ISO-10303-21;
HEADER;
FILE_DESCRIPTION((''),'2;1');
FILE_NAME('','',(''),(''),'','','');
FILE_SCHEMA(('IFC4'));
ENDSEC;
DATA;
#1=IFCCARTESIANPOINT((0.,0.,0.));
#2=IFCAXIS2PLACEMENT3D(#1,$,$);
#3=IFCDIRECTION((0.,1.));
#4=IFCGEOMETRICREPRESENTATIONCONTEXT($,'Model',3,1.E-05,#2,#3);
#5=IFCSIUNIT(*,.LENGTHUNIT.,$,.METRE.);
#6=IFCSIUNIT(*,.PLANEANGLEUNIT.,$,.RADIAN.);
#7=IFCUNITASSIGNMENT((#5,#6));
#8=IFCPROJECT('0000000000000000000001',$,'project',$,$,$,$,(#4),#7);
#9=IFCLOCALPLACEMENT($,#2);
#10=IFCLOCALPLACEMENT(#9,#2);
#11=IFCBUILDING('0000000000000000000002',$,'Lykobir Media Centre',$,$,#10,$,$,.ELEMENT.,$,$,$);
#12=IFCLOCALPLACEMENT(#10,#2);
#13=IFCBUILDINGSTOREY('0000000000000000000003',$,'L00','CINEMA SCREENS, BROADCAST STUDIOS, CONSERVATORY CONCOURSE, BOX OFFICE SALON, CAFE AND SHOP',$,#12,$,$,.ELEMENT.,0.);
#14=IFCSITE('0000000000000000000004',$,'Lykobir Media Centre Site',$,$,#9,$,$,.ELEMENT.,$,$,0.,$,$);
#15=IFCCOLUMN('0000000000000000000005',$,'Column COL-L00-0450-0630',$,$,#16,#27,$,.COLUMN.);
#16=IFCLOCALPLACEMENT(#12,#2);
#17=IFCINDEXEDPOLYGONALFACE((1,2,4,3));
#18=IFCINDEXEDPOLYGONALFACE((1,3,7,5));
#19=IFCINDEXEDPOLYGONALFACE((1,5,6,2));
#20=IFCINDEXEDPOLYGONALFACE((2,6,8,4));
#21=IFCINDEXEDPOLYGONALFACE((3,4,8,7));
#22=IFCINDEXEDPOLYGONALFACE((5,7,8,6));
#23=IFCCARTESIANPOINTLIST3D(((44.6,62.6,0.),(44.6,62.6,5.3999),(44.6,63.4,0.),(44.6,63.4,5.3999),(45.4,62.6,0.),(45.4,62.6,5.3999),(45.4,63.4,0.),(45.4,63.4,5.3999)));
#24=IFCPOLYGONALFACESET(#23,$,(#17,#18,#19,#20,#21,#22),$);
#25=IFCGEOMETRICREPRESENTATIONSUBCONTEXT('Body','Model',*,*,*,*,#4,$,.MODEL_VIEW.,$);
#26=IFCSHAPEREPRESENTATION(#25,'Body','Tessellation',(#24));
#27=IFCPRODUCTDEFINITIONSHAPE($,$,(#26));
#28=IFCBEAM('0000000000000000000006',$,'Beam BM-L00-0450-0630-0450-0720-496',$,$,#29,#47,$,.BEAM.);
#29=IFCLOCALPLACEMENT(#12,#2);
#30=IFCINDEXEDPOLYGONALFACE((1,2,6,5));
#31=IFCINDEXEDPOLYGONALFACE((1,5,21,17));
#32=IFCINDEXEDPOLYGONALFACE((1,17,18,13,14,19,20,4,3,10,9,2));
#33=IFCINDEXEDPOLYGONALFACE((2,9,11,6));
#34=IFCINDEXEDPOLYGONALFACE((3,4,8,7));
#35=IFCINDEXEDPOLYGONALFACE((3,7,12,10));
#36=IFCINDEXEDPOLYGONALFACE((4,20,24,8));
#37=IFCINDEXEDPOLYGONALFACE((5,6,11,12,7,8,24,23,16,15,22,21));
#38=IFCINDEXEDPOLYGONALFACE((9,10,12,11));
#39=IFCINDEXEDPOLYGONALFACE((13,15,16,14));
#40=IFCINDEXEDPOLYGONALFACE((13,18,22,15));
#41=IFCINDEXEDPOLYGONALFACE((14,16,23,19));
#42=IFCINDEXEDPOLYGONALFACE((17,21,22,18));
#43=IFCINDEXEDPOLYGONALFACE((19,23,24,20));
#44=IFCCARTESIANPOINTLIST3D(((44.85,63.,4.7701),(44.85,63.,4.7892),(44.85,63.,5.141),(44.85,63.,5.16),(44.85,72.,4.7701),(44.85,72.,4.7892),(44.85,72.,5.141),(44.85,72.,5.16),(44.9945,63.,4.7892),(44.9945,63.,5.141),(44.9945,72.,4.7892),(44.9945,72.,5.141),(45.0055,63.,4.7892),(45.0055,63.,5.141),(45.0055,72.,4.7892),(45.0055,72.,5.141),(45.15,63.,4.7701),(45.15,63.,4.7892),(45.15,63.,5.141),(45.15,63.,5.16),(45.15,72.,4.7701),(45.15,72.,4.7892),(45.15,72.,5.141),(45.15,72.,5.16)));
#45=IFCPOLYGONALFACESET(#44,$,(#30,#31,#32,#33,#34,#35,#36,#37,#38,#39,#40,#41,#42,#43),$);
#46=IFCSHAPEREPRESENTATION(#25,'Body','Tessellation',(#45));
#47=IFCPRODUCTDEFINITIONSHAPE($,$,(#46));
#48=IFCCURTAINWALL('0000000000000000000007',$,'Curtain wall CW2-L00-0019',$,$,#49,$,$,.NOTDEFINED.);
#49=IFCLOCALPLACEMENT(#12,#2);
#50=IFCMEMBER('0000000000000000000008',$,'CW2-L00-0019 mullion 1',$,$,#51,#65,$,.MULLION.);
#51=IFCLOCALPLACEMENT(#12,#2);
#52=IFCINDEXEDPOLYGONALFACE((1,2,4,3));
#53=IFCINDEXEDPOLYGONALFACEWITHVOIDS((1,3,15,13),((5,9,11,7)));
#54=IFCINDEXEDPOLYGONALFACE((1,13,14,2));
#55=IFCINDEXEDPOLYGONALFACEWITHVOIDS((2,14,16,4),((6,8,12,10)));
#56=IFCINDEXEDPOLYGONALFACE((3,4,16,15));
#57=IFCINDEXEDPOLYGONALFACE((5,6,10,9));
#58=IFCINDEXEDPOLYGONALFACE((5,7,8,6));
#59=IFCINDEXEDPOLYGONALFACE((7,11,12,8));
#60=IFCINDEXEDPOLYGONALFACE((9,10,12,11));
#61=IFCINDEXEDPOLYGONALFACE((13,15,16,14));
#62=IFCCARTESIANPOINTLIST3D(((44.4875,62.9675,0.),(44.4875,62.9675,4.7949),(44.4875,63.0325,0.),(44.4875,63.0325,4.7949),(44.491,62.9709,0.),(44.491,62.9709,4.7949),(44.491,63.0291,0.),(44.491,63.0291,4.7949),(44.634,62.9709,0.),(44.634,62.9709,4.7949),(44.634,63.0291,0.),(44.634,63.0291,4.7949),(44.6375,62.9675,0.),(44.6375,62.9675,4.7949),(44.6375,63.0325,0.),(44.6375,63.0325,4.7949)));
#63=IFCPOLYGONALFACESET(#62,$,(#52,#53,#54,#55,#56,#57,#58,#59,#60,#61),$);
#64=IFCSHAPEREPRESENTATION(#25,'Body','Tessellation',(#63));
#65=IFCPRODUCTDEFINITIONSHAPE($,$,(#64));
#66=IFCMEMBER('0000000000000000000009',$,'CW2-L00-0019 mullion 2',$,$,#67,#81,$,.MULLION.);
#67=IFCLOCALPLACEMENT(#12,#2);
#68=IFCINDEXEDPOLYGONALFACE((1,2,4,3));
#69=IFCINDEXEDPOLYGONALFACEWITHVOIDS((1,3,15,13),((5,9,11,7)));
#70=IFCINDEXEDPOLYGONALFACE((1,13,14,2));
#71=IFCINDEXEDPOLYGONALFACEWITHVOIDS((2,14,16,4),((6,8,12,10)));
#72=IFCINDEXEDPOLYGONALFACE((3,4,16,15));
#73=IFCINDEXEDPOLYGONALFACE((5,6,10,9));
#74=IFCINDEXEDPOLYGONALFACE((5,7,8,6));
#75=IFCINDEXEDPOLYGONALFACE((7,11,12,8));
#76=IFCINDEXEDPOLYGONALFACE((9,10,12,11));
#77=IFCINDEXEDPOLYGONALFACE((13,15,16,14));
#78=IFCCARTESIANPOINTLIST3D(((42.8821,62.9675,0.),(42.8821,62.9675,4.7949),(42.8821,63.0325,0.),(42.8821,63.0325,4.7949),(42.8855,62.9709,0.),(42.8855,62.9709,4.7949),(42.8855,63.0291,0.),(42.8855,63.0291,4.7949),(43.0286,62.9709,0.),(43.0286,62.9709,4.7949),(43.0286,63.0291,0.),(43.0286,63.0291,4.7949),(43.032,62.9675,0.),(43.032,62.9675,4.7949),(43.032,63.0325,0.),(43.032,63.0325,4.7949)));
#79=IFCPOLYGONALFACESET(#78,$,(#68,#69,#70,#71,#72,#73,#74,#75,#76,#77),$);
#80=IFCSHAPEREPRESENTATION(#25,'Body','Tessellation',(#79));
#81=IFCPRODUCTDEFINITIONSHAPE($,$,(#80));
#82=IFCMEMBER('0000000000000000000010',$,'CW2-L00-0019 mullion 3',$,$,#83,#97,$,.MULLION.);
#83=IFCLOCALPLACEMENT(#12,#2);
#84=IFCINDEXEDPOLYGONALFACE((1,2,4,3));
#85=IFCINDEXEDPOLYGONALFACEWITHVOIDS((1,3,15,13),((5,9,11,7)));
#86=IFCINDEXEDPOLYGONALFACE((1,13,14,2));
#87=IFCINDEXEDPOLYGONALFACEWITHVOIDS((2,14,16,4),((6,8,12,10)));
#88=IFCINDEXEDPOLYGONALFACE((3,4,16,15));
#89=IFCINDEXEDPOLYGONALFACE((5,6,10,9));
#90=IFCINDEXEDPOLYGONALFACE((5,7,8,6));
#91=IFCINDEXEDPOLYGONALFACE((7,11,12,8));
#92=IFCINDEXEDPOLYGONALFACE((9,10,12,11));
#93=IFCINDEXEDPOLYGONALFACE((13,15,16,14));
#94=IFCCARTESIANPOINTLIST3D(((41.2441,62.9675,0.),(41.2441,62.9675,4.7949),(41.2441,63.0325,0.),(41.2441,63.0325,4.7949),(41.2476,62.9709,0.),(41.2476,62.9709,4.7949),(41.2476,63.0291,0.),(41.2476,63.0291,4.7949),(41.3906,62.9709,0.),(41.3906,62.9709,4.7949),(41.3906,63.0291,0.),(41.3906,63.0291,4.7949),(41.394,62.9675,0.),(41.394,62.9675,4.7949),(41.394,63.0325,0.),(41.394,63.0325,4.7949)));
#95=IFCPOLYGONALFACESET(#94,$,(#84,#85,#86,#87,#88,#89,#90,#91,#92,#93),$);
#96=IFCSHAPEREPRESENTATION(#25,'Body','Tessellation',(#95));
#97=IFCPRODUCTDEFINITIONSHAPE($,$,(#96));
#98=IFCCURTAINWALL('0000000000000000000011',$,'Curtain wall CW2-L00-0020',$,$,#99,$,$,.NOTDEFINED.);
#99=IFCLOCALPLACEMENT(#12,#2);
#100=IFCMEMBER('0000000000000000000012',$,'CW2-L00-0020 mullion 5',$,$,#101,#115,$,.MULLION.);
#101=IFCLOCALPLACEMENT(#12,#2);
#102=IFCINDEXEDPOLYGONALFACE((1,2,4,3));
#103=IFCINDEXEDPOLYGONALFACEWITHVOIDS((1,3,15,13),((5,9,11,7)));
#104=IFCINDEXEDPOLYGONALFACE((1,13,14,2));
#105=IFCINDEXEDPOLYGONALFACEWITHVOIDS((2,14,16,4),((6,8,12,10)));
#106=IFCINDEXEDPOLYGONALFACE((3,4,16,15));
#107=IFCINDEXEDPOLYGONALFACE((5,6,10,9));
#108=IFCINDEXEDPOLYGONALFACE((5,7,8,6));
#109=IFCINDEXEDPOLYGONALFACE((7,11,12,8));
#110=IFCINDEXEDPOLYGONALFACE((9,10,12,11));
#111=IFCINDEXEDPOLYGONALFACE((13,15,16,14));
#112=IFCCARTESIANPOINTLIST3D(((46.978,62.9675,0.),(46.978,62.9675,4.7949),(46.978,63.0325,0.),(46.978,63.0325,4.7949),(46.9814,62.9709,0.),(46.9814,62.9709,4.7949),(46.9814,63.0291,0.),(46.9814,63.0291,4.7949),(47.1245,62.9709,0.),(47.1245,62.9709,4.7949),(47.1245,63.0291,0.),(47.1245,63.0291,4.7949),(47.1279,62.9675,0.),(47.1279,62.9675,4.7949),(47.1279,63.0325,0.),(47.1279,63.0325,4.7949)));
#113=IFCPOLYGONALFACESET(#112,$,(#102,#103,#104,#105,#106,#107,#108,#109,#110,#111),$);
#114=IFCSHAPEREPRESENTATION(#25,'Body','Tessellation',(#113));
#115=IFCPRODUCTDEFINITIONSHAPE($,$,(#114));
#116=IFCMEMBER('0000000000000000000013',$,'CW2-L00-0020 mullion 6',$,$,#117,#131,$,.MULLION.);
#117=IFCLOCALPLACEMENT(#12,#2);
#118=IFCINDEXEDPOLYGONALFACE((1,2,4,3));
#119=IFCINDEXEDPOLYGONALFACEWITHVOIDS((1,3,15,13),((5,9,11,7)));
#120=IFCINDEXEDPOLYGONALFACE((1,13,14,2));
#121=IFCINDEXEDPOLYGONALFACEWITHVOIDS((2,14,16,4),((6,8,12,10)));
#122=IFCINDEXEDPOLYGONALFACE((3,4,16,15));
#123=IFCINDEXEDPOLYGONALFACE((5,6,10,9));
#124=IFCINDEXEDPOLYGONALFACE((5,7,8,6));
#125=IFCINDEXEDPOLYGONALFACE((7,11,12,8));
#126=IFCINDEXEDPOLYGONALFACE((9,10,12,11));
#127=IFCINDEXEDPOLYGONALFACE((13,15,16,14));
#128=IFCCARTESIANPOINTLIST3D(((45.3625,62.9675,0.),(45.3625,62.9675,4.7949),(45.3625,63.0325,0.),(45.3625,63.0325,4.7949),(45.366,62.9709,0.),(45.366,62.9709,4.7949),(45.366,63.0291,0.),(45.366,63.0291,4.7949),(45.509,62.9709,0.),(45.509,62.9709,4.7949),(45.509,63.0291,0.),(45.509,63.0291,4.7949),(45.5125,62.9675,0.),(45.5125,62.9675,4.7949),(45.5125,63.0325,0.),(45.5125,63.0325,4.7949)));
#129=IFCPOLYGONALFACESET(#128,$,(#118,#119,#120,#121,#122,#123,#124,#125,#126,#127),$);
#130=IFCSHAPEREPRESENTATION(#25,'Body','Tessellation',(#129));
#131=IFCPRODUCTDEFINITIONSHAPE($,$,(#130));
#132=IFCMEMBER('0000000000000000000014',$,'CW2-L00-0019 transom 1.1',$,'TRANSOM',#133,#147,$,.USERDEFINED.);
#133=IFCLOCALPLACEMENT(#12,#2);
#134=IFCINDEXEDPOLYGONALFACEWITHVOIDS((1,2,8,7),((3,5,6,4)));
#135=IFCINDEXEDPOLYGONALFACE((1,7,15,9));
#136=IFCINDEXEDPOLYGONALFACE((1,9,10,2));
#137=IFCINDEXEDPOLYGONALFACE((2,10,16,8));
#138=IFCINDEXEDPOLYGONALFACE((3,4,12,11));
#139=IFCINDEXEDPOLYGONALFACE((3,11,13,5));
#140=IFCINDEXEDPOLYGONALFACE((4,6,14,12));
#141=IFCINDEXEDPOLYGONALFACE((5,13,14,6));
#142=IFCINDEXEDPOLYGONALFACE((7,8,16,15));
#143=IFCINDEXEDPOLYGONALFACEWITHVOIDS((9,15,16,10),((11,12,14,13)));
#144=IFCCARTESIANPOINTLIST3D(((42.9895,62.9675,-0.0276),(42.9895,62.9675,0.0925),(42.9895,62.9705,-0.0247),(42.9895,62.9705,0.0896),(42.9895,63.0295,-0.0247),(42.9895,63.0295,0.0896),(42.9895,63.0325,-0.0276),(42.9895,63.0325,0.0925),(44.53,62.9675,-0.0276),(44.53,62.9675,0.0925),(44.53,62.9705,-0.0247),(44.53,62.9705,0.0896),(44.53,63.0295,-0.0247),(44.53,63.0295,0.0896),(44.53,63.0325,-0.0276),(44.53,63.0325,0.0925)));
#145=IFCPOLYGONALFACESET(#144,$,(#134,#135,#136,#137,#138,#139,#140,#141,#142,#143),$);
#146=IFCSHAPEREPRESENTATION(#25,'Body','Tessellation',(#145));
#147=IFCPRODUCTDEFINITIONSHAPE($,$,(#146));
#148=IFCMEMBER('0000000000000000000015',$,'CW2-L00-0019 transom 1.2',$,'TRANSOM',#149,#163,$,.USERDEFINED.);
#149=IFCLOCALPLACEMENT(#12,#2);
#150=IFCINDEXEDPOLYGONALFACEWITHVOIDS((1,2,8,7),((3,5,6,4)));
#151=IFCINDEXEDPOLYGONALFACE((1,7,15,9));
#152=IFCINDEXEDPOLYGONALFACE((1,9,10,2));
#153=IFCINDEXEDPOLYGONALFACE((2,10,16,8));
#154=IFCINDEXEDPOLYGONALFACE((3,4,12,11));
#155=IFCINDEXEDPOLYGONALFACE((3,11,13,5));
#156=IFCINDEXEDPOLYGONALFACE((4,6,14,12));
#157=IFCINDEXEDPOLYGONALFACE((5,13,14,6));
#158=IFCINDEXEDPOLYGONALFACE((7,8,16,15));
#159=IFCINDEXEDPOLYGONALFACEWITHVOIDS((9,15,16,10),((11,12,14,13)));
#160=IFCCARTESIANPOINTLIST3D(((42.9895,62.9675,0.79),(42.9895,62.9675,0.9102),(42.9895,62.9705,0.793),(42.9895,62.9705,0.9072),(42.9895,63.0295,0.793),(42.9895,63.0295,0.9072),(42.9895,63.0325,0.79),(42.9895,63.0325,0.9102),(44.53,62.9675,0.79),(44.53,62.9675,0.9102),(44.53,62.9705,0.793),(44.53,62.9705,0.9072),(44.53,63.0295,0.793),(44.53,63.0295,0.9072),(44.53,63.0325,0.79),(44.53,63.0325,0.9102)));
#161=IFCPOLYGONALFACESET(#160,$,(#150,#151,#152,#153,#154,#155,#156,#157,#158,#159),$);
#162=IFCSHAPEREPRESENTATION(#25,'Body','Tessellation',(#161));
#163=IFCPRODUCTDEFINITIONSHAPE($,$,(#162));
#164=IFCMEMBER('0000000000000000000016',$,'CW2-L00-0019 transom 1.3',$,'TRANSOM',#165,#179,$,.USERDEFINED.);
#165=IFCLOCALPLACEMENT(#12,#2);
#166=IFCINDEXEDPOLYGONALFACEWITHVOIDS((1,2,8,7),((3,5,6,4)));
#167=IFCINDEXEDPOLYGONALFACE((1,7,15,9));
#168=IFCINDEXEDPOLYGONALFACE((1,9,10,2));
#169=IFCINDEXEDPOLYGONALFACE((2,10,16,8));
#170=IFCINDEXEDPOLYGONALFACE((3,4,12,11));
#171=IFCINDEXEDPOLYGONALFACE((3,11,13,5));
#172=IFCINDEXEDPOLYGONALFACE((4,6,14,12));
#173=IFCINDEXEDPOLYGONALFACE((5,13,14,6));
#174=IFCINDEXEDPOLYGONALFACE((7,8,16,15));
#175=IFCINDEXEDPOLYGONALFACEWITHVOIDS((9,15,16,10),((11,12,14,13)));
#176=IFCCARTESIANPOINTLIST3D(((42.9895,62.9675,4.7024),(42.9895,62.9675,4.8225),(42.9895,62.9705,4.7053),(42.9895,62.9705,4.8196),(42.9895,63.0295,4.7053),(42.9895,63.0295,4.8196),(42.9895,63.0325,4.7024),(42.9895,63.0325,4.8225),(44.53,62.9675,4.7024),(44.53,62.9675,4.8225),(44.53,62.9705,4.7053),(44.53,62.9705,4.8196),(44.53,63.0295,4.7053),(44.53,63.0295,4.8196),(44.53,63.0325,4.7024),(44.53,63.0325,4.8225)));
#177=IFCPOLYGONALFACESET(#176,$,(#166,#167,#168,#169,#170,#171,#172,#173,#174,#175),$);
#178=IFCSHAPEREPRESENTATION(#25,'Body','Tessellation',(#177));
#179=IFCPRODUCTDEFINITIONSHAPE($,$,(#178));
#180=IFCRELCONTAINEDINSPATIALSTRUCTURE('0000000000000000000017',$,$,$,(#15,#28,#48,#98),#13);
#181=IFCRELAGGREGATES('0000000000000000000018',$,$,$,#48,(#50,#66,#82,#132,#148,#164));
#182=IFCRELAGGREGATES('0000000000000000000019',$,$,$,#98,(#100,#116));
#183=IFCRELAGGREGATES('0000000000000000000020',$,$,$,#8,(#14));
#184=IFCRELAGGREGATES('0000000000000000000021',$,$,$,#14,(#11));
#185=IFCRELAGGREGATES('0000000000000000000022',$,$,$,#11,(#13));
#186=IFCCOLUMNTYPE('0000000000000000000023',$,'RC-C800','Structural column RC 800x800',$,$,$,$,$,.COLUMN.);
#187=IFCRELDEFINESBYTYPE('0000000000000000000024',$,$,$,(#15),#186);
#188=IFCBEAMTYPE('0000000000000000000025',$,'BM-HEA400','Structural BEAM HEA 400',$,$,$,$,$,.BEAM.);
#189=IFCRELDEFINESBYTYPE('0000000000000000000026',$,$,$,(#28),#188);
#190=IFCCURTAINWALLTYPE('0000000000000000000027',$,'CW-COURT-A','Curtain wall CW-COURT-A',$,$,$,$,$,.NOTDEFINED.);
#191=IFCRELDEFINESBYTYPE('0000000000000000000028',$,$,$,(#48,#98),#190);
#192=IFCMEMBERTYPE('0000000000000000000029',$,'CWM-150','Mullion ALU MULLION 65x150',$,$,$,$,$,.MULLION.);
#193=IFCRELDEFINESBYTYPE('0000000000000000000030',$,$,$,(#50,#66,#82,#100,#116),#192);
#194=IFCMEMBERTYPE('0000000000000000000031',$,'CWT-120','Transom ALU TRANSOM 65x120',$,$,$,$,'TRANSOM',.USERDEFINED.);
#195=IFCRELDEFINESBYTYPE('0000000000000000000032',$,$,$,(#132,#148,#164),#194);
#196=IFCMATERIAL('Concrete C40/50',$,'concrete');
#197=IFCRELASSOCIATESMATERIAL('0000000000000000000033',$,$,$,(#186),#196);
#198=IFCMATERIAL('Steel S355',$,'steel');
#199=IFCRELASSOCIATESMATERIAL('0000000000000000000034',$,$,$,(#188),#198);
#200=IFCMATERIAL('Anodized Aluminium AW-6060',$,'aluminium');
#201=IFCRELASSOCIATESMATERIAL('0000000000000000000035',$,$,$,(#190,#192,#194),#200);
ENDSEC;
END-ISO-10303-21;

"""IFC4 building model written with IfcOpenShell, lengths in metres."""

from ifc_helpers import new_model, si_unit, direction, frame, origin, origin_2d, place, context, subcontext, project, spatial, rectangle, hollow_rectangle, i_section, extrude, material, material_profile, profile_set, type_object, element, aggregate, save


model = new_model("IFC4")

# Units and contexts
model_context = context("Model", 3, precision=1e-05, world=origin(), true_north=direction((0.0, 1.0)))
body_context = subcontext(model_context, "Body", "Model", "MODEL_VIEW")
ifc_project = project(units=[si_unit("LENGTHUNIT", "METRE"), si_unit("PLANEANGLEUNIT", "RADIAN")], contexts=[model_context])

# Site, building, storey
site_placement = place(None, origin())
site = spatial("IfcSite", under=ifc_project, at=site_placement, Name="Lykobir Media Centre Site", CompositionType="ELEMENT", RefElevation=0.0)
building_placement = place(site_placement, origin())
building = spatial("IfcBuilding", under=site, at=building_placement, Name="Lykobir Media Centre", CompositionType="ELEMENT")
storey_placement = place(building_placement, origin())
storey = spatial("IfcBuildingStorey", under=building, at=storey_placement, Name="L00", Description="CINEMA SCREENS, BROADCAST STUDIOS, CONSERVATORY CONCOURSE, BOX OFFICE SALON, CAFE AND SHOP", CompositionType="ELEMENT", Elevation=0.0)

# Column
ifc_material_1 = material(Name="Concrete C40/50", Category="concrete")
ifc_material_profile_1 = material_profile(ifc_material_1, rectangle(XDim=0.8, YDim=0.8, at=origin_2d()), Name="RC 800x800")
ifc_profile_set_1 = profile_set([ifc_material_profile_1], Name="Concrete C40/50")
column_type = type_object("IfcColumnType", Name="RC-C800", Description="Structural column RC 800x800", PredefinedType="COLUMN", material=ifc_profile_set_1)
column_placement = place(storey_placement, frame((45.0, 63.0, 0.0), z_axis=(0.0, 0.0, 1.0), x_axis=(1.0, 0.0, 0.0)))
element("IfcColumn", 1, at=column_placement, inside=storey, type_object=column_type, Name="Column COL-L00-0450-0630", PredefinedType="COLUMN", context=body_context, shape_type="SweptSolid", body=[
    extrude(rectangle(XDim=0.8, YDim=0.8, at=origin_2d()), origin(), (0.0, 0.0, 1.0), 5.3999),
])

# Beam
ifc_material_2 = material(Name="Steel S355", Category="steel")
ifc_material_profile_2 = material_profile(ifc_material_2, i_section(OverallWidth=0.3, OverallDepth=0.3899, WebThickness=0.011, FlangeThickness=0.019, at=origin_2d()), Name="HEA 400")
ifc_profile_set_2 = profile_set([ifc_material_profile_2], Name="Steel S355")
beam_type_1 = type_object("IfcBeamType", Name="BM-HEA400", Description="Structural BEAM HEA 400", PredefinedType="BEAM", material=ifc_profile_set_2)
beam_1_placement = place(storey_placement, frame((45.0, 63.0, 4.9651), z_axis=(0.0, 1.0, 0.0), x_axis=(-1.0, 0.0, 0.0)))
element("IfcBeam", 2, at=beam_1_placement, inside=storey, type_object=beam_type_1, Name="Beam BM-L00-0450-0630-0450-0720-496", PredefinedType="BEAM", context=body_context, shape_type="SweptSolid", body=[
    extrude(i_section(OverallWidth=0.3, OverallDepth=0.3899, WebThickness=0.011, FlangeThickness=0.019, at=origin_2d()), origin(), (0.0, 0.0, 1.0), 9.0),
])

# Curtain walls, members
ifc_material_3 = material(Name="Anodized Aluminium AW-6060", Category="aluminium")
curtain_wall_type = type_object("IfcCurtainWallType", Name="CW-COURT-A", Description="Curtain wall CW-COURT-A", PredefinedType="NOTDEFINED", material=ifc_material_3)
curtain_wall_1_placement = place(storey_placement, origin())
curtain_wall_1 = element("IfcCurtainWall", 3, at=curtain_wall_1_placement, inside=storey, type_object=curtain_wall_type, Name="Curtain wall CW2-L00-0019", PredefinedType="NOTDEFINED")
ifc_material_profile_3 = material_profile(ifc_material_3, hollow_rectangle(XDim=0.0649, YDim=0.1499, WallThickness=0.0034, at=origin_2d()), Name="ALU MULLION 65x150")
ifc_profile_set_3 = profile_set([ifc_material_profile_3], Name="Anodized Aluminium AW-6060")
member_type_1 = type_object("IfcMemberType", Name="CWM-150", Description="Mullion ALU MULLION 65x150", PredefinedType="MULLION", material=ifc_profile_set_3)
member_1_placement = place(storey_placement, frame((44.5625, 63.0, 0.0), z_axis=(0.0, 0.0, 1.0), x_axis=(0.0, -1.0, 0.0)))
member_1 = element("IfcMember", 4, at=member_1_placement, type_object=member_type_1, Name="CW2-L00-0019 mullion 1", PredefinedType="MULLION", context=body_context, shape_type="SweptSolid", body=[
    extrude(hollow_rectangle(XDim=0.0649, YDim=0.1499, WallThickness=0.0034, at=origin_2d()), origin(), (0.0, 0.0, 1.0), 4.7949),
])
member_2_placement = place(storey_placement, frame((42.957, 63.0, 0.0), z_axis=(0.0, 0.0, 1.0), x_axis=(0.0, -1.0, 0.0)))
member_2 = element("IfcMember", 5, at=member_2_placement, type_object=member_type_1, Name="CW2-L00-0019 mullion 2", PredefinedType="MULLION", context=body_context, shape_type="SweptSolid", body=[
    extrude(hollow_rectangle(XDim=0.0649, YDim=0.1499, WallThickness=0.0034, at=origin_2d()), origin(), (0.0, 0.0, 1.0), 4.7949),
])
member_3_placement = place(storey_placement, frame((41.3191, 63.0, 0.0), z_axis=(0.0, 0.0, 1.0), x_axis=(0.0, -1.0, 0.0)))
member_3 = element("IfcMember", 6, at=member_3_placement, type_object=member_type_1, Name="CW2-L00-0019 mullion 3", PredefinedType="MULLION", context=body_context, shape_type="SweptSolid", body=[
    extrude(hollow_rectangle(XDim=0.0649, YDim=0.1499, WallThickness=0.0034, at=origin_2d()), origin(), (0.0, 0.0, 1.0), 4.7949),
])
curtain_wall_2_placement = place(storey_placement, origin())
curtain_wall_2 = element("IfcCurtainWall", 7, at=curtain_wall_2_placement, inside=storey, type_object=curtain_wall_type, Name="Curtain wall CW2-L00-0020", PredefinedType="NOTDEFINED")
member_4_placement = place(storey_placement, frame((47.053, 63.0, 0.0), z_axis=(0.0, 0.0, 1.0), x_axis=(0.0, -1.0, 0.0)))
member_4 = element("IfcMember", 8, at=member_4_placement, type_object=member_type_1, Name="CW2-L00-0020 mullion 5", PredefinedType="MULLION", context=body_context, shape_type="SweptSolid", body=[
    extrude(hollow_rectangle(XDim=0.0649, YDim=0.1499, WallThickness=0.0034, at=origin_2d()), origin(), (0.0, 0.0, 1.0), 4.7949),
])
member_5_placement = place(storey_placement, frame((45.4375, 63.0, 0.0), z_axis=(0.0, 0.0, 1.0), x_axis=(0.0, -1.0, 0.0)))
member_5 = element("IfcMember", 9, at=member_5_placement, type_object=member_type_1, Name="CW2-L00-0020 mullion 6", PredefinedType="MULLION", context=body_context, shape_type="SweptSolid", body=[
    extrude(hollow_rectangle(XDim=0.0649, YDim=0.1499, WallThickness=0.0034, at=origin_2d()), origin(), (0.0, 0.0, 1.0), 4.7949),
])

# Members
ifc_material_profile_4 = material_profile(ifc_material_3, hollow_rectangle(XDim=0.0649, YDim=0.1201, WallThickness=0.0029, at=origin_2d()), Name="ALU TRANSOM 65x120")
ifc_profile_set_4 = profile_set([ifc_material_profile_4], Name="Anodized Aluminium AW-6060")
member_type_2 = type_object("IfcMemberType", Name="CWT-120", Description="Transom ALU TRANSOM 65x120", ElementType="TRANSOM", PredefinedType="USERDEFINED", material=ifc_profile_set_4)
member_6_placement = place(storey_placement, frame((44.53, 63.0, 0.0325), z_axis=(-1.0, 0.0, 0.0), x_axis=(0.0, -1.0, 0.0)))
member_6 = element("IfcMember", 10, at=member_6_placement, type_object=member_type_2, Name="CW2-L00-0019 transom 1.1", ObjectType="TRANSOM", PredefinedType="USERDEFINED", context=body_context, shape_type="SweptSolid", body=[
    extrude(hollow_rectangle(XDim=0.0649, YDim=0.1201, WallThickness=0.0029, at=origin_2d()), origin(), (0.0, 0.0, 1.0), 1.5405),
])
member_7_placement = place(storey_placement, frame((44.53, 63.0, 0.8501), z_axis=(-1.0, 0.0, 0.0), x_axis=(0.0, -1.0, 0.0)))
member_7 = element("IfcMember", 11, at=member_7_placement, type_object=member_type_2, Name="CW2-L00-0019 transom 1.2", ObjectType="TRANSOM", PredefinedType="USERDEFINED", context=body_context, shape_type="SweptSolid", body=[
    extrude(hollow_rectangle(XDim=0.0649, YDim=0.1201, WallThickness=0.0029, at=origin_2d()), origin(), (0.0, 0.0, 1.0), 1.5405),
])
member_8_placement = place(storey_placement, frame((44.53, 63.0, 4.7625), z_axis=(-1.0, 0.0, 0.0), x_axis=(0.0, -1.0, 0.0)))
member_8 = element("IfcMember", 12, at=member_8_placement, type_object=member_type_2, Name="CW2-L00-0019 transom 1.3", ObjectType="TRANSOM", PredefinedType="USERDEFINED", context=body_context, shape_type="SweptSolid", body=[
    extrude(hollow_rectangle(XDim=0.0649, YDim=0.1201, WallThickness=0.0029, at=origin_2d()), origin(), (0.0, 0.0, 1.0), 1.5405),
])

aggregate(curtain_wall_1, [member_1, member_2, member_3, member_6, member_7, member_8])
aggregate(curtain_wall_2, [member_4, member_5])

save(model, "model.ifc")
